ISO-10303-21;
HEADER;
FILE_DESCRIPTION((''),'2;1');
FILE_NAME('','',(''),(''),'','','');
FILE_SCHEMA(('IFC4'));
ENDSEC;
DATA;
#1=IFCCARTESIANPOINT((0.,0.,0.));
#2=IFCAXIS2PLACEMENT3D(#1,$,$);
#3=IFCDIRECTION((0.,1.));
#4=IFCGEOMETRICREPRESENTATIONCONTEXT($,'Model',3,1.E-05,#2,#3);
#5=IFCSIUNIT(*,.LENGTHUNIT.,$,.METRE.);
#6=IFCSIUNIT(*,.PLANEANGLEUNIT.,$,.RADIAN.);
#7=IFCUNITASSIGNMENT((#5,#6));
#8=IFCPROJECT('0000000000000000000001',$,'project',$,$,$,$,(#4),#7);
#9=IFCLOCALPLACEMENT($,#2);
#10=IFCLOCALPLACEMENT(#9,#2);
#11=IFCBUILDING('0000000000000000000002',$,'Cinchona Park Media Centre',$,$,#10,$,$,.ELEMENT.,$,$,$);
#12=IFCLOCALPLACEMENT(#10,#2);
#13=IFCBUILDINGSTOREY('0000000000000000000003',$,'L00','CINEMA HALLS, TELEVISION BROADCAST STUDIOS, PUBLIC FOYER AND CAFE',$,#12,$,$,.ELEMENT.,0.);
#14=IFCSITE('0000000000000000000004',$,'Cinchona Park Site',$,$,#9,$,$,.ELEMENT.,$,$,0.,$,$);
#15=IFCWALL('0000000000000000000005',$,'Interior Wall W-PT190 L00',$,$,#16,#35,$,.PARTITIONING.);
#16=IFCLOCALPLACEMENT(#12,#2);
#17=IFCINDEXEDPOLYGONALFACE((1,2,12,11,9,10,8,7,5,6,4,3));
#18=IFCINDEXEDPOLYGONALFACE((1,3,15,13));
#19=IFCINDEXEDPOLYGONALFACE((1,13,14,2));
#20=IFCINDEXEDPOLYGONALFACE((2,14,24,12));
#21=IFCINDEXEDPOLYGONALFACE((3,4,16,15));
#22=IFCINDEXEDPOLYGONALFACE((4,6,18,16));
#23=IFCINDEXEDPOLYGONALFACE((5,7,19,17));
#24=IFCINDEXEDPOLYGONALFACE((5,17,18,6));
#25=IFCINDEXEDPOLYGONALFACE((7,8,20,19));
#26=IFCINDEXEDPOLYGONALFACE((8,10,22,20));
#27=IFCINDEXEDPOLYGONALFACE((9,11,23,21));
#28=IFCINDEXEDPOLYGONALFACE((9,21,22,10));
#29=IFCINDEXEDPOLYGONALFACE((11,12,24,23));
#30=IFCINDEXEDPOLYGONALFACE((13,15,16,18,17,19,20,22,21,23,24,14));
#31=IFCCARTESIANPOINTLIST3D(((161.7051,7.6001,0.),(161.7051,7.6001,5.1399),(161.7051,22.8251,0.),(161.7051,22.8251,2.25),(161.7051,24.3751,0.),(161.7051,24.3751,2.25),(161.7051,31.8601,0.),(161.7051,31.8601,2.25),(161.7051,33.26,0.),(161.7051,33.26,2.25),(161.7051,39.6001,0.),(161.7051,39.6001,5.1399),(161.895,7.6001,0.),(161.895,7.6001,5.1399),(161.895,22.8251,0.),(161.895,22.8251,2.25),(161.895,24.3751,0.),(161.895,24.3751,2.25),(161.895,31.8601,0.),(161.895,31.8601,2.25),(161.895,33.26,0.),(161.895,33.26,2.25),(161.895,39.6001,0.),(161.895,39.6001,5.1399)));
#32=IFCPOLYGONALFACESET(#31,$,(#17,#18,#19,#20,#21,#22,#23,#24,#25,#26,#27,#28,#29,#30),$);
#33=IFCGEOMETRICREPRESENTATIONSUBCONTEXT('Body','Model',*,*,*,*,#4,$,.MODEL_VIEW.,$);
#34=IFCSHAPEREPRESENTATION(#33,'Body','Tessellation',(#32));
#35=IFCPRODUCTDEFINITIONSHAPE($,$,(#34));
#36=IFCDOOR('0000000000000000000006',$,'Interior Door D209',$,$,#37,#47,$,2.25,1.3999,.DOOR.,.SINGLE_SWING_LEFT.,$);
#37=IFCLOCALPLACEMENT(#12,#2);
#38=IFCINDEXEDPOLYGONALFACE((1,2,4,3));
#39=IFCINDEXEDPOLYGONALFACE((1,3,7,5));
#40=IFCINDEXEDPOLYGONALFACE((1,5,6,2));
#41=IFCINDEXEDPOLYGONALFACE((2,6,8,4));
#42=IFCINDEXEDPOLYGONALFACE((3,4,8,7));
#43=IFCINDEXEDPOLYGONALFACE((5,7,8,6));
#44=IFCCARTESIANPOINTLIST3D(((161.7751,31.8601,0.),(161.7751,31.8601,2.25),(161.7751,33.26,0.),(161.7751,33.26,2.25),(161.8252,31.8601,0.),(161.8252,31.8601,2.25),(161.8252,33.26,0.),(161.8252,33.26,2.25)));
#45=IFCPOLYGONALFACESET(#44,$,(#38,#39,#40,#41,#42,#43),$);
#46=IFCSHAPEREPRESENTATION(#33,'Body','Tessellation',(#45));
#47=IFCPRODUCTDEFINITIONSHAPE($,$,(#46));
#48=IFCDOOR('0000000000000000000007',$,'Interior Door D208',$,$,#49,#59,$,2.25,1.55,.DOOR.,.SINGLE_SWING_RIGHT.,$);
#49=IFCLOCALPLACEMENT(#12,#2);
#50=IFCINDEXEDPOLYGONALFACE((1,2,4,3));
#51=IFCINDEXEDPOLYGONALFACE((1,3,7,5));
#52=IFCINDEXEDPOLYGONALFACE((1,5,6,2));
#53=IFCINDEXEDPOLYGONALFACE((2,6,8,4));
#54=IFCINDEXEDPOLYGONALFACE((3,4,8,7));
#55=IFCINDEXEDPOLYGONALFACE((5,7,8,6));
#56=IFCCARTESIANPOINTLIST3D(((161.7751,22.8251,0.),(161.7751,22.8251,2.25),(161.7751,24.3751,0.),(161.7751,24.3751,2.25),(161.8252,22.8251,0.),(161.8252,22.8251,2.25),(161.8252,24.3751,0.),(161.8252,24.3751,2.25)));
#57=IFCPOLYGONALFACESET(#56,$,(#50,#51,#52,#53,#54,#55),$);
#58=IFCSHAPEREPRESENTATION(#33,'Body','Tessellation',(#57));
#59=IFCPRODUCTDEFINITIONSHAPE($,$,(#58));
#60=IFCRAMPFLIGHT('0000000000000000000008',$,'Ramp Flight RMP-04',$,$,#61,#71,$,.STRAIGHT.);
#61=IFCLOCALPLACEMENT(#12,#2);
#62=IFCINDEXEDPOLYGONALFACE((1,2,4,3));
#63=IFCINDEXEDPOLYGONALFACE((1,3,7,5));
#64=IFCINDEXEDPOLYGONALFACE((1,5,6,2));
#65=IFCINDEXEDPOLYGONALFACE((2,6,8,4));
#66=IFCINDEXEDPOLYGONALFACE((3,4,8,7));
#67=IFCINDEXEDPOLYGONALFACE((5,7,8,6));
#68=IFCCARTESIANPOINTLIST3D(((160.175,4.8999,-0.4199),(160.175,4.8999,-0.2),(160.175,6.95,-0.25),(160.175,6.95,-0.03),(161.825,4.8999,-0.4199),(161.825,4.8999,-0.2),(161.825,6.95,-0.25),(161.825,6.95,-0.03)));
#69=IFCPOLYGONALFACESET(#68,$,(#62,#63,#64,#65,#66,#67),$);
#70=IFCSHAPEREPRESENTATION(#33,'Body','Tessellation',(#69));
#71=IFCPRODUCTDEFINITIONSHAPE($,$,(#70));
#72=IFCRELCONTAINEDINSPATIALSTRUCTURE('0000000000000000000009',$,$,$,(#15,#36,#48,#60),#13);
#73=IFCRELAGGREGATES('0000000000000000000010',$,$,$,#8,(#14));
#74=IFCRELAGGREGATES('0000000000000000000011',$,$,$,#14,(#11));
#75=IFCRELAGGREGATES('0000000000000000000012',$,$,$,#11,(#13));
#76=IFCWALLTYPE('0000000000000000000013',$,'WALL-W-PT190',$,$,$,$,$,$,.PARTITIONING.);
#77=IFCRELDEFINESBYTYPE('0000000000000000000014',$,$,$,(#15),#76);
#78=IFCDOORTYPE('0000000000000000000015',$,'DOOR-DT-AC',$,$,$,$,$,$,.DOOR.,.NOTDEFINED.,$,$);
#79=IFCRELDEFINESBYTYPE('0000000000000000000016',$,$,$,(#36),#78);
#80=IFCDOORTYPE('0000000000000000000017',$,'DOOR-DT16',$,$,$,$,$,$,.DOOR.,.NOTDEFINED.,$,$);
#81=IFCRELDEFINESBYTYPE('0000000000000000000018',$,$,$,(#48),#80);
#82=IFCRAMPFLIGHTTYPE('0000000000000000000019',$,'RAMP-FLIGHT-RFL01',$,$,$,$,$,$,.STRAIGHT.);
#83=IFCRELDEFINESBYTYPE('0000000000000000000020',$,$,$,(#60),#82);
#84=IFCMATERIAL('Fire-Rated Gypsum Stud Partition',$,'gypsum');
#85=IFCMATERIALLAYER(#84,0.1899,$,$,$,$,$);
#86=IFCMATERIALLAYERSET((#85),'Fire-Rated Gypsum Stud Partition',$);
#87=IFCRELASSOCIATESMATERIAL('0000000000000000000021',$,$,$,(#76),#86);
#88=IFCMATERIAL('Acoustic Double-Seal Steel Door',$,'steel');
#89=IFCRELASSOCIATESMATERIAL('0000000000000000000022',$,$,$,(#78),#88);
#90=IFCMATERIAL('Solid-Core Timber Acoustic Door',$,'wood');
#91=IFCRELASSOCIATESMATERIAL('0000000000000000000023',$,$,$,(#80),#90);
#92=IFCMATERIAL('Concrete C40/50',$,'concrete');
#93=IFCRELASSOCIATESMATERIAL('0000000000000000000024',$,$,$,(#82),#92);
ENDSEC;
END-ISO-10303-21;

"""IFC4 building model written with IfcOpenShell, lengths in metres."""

from ifc_helpers import new_model, si_unit, direction, frame, frame_2d, origin, place, context, subcontext, project, spatial, polyline, rectangle, outline, extrude, material, layer, layer_set, type_object, element, fill, save


model = new_model("IFC4")

# Units and contexts
model_context = context("Model", 3, precision=1e-05, world=origin(), true_north=direction((0.0, 1.0)))
body_context = subcontext(model_context, "Body", "Model", "MODEL_VIEW")
ifc_project = project(units=[si_unit("LENGTHUNIT", "METRE"), si_unit("PLANEANGLEUNIT", "RADIAN")], contexts=[model_context])

# Site, building, storey
site_placement = place(None, origin())
site = spatial("IfcSite", under=ifc_project, at=site_placement, Name="Cinchona Park Site", CompositionType="ELEMENT", RefElevation=0.0)
building_placement = place(site_placement, origin())
building = spatial("IfcBuilding", under=site, at=building_placement, Name="Cinchona Park Media Centre", CompositionType="ELEMENT")
storey_placement = place(building_placement, origin())
storey = spatial("IfcBuildingStorey", under=building, at=storey_placement, Name="L00", Description="CINEMA HALLS, TELEVISION BROADCAST STUDIOS, PUBLIC FOYER AND CAFE", CompositionType="ELEMENT", Elevation=0.0)

# Wall, openings, doors
ifc_material_1 = material(Name="Fire-Rated Gypsum Stud Partition", Category="gypsum")
ifc_layer_1 = layer(ifc_material_1, 0.1899)
ifc_layer_set_1 = layer_set([ifc_layer_1], Name="Fire-Rated Gypsum Stud Partition")
wall_type_1 = type_object("IfcWallType", Name="WALL-W-PT190", PredefinedType="PARTITIONING", material=ifc_layer_set_1)
wall_1_placement = place(storey_placement, frame((161.8, 7.6001, 0.0), z_axis=(0.0, 0.0, 1.0), x_axis=(0.0, 1.0, 0.0)))
wall_1 = element("IfcWall", 1, at=wall_1_placement, inside=storey, type_object=wall_type_1, Name="Interior Wall W-PT190 L00", PredefinedType="PARTITIONING", context=body_context, shape_type="SweptSolid", body=[
    extrude(rectangle(XDim=32.0, YDim=0.1899, at=frame_2d((16.0, 0.0))), origin(), (0.0, 0.0, 1.0), 5.1399),
])
opening_1_placement = place(wall_1_placement, frame((15.2251, 0.0, 0.0)))
opening_1 = element("IfcOpeningElement", 2, at=opening_1_placement, cuts=wall_1, PredefinedType="OPENING", context=body_context, shape_type="SweptSolid", body=[
    extrude(rectangle(XDim=1.55, YDim=2.25, at=frame_2d((0.7749, 1.125))), frame((0.0, 0.105, 0.0), z_axis=(0.0, -1.0, 0.0), x_axis=(1.0, 0.0, 0.0)), (0.0, 0.0, 1.0), 0.21),
])
opening_2_placement = place(wall_1_placement, frame((24.26, 0.0, 0.0)))
opening_2 = element("IfcOpeningElement", 3, at=opening_2_placement, cuts=wall_1, PredefinedType="OPENING", context=body_context, shape_type="SweptSolid", body=[
    extrude(rectangle(XDim=1.3999, YDim=2.25, at=frame_2d((0.7, 1.125))), frame((0.0, 0.105, 0.0), z_axis=(0.0, -1.0, 0.0), x_axis=(1.0, 0.0, 0.0)), (0.0, 0.0, 1.0), 0.21),
])
ifc_material_2 = material(Name="Acoustic Double-Seal Steel Door", Category="steel")
door_type_1 = type_object("IfcDoorType", Name="DOOR-DT-AC", OperationType="NOTDEFINED", PredefinedType="DOOR", material=ifc_material_2)
door_1_placement = place(opening_2_placement, origin())
door_1 = element("IfcDoor", 4, at=door_1_placement, inside=storey, type_object=door_type_1, Name="Interior Door D209", OperationType="SINGLE_SWING_LEFT", OverallHeight=2.25, OverallWidth=1.3999, PredefinedType="DOOR", context=body_context, shape_type="SweptSolid", body=[
    extrude(rectangle(XDim=1.3999, YDim=2.25, at=frame_2d((0.7, 1.125))), frame((0.0, 0.0249, 0.0), z_axis=(0.0, -1.0, 0.0), x_axis=(1.0, 0.0, 0.0)), (0.0, 0.0, 1.0), 0.05),
])
fill(opening_2, door_1)
ifc_material_3 = material(Name="Solid-Core Timber Acoustic Door", Category="wood")
door_type_2 = type_object("IfcDoorType", Name="DOOR-DT16", OperationType="NOTDEFINED", PredefinedType="DOOR", material=ifc_material_3)
door_2_placement = place(opening_1_placement, origin())
door_2 = element("IfcDoor", 5, at=door_2_placement, inside=storey, type_object=door_type_2, Name="Interior Door D208", OperationType="SINGLE_SWING_RIGHT", OverallHeight=2.25, OverallWidth=1.55, PredefinedType="DOOR", context=body_context, shape_type="SweptSolid", body=[
    extrude(rectangle(XDim=1.55, YDim=2.25, at=frame_2d((0.7749, 1.125))), frame((0.0, 0.0249, 0.0), z_axis=(0.0, -1.0, 0.0), x_axis=(1.0, 0.0, 0.0)), (0.0, 0.0, 1.0), 0.05),
])
fill(opening_1, door_2)

# Ramp flight
ifc_material_4 = material(Name="Concrete C40/50", Category="concrete")
ramp_flight_type = type_object("IfcRampFlightType", Name="RAMP-FLIGHT-RFL01", PredefinedType="STRAIGHT", material=ifc_material_4)
ramp_flight_placement = place(storey_placement, frame((161.0, 4.8999, -0.2), z_axis=(0.0, 0.0, 1.0), x_axis=(0.0, 1.0, 0.0)))
element("IfcRampFlight", 6, at=ramp_flight_placement, inside=storey, type_object=ramp_flight_type, Name="Ramp Flight RMP-04", PredefinedType="STRAIGHT", context=body_context, shape_type="SweptSolid", body=[
    extrude(outline(polyline([(0.0, 0.0), (2.05, 0.1699), (2.05, -0.05), (0.0, -0.22), (0.0, 0.0)])), frame((0.0, 0.825, 0.0), z_axis=(0.0, -1.0, 0.0), x_axis=(1.0, 0.0, 0.0)), (0.0, 0.0, 1.0), 1.6499),
])

save(model, "model.ifc")
